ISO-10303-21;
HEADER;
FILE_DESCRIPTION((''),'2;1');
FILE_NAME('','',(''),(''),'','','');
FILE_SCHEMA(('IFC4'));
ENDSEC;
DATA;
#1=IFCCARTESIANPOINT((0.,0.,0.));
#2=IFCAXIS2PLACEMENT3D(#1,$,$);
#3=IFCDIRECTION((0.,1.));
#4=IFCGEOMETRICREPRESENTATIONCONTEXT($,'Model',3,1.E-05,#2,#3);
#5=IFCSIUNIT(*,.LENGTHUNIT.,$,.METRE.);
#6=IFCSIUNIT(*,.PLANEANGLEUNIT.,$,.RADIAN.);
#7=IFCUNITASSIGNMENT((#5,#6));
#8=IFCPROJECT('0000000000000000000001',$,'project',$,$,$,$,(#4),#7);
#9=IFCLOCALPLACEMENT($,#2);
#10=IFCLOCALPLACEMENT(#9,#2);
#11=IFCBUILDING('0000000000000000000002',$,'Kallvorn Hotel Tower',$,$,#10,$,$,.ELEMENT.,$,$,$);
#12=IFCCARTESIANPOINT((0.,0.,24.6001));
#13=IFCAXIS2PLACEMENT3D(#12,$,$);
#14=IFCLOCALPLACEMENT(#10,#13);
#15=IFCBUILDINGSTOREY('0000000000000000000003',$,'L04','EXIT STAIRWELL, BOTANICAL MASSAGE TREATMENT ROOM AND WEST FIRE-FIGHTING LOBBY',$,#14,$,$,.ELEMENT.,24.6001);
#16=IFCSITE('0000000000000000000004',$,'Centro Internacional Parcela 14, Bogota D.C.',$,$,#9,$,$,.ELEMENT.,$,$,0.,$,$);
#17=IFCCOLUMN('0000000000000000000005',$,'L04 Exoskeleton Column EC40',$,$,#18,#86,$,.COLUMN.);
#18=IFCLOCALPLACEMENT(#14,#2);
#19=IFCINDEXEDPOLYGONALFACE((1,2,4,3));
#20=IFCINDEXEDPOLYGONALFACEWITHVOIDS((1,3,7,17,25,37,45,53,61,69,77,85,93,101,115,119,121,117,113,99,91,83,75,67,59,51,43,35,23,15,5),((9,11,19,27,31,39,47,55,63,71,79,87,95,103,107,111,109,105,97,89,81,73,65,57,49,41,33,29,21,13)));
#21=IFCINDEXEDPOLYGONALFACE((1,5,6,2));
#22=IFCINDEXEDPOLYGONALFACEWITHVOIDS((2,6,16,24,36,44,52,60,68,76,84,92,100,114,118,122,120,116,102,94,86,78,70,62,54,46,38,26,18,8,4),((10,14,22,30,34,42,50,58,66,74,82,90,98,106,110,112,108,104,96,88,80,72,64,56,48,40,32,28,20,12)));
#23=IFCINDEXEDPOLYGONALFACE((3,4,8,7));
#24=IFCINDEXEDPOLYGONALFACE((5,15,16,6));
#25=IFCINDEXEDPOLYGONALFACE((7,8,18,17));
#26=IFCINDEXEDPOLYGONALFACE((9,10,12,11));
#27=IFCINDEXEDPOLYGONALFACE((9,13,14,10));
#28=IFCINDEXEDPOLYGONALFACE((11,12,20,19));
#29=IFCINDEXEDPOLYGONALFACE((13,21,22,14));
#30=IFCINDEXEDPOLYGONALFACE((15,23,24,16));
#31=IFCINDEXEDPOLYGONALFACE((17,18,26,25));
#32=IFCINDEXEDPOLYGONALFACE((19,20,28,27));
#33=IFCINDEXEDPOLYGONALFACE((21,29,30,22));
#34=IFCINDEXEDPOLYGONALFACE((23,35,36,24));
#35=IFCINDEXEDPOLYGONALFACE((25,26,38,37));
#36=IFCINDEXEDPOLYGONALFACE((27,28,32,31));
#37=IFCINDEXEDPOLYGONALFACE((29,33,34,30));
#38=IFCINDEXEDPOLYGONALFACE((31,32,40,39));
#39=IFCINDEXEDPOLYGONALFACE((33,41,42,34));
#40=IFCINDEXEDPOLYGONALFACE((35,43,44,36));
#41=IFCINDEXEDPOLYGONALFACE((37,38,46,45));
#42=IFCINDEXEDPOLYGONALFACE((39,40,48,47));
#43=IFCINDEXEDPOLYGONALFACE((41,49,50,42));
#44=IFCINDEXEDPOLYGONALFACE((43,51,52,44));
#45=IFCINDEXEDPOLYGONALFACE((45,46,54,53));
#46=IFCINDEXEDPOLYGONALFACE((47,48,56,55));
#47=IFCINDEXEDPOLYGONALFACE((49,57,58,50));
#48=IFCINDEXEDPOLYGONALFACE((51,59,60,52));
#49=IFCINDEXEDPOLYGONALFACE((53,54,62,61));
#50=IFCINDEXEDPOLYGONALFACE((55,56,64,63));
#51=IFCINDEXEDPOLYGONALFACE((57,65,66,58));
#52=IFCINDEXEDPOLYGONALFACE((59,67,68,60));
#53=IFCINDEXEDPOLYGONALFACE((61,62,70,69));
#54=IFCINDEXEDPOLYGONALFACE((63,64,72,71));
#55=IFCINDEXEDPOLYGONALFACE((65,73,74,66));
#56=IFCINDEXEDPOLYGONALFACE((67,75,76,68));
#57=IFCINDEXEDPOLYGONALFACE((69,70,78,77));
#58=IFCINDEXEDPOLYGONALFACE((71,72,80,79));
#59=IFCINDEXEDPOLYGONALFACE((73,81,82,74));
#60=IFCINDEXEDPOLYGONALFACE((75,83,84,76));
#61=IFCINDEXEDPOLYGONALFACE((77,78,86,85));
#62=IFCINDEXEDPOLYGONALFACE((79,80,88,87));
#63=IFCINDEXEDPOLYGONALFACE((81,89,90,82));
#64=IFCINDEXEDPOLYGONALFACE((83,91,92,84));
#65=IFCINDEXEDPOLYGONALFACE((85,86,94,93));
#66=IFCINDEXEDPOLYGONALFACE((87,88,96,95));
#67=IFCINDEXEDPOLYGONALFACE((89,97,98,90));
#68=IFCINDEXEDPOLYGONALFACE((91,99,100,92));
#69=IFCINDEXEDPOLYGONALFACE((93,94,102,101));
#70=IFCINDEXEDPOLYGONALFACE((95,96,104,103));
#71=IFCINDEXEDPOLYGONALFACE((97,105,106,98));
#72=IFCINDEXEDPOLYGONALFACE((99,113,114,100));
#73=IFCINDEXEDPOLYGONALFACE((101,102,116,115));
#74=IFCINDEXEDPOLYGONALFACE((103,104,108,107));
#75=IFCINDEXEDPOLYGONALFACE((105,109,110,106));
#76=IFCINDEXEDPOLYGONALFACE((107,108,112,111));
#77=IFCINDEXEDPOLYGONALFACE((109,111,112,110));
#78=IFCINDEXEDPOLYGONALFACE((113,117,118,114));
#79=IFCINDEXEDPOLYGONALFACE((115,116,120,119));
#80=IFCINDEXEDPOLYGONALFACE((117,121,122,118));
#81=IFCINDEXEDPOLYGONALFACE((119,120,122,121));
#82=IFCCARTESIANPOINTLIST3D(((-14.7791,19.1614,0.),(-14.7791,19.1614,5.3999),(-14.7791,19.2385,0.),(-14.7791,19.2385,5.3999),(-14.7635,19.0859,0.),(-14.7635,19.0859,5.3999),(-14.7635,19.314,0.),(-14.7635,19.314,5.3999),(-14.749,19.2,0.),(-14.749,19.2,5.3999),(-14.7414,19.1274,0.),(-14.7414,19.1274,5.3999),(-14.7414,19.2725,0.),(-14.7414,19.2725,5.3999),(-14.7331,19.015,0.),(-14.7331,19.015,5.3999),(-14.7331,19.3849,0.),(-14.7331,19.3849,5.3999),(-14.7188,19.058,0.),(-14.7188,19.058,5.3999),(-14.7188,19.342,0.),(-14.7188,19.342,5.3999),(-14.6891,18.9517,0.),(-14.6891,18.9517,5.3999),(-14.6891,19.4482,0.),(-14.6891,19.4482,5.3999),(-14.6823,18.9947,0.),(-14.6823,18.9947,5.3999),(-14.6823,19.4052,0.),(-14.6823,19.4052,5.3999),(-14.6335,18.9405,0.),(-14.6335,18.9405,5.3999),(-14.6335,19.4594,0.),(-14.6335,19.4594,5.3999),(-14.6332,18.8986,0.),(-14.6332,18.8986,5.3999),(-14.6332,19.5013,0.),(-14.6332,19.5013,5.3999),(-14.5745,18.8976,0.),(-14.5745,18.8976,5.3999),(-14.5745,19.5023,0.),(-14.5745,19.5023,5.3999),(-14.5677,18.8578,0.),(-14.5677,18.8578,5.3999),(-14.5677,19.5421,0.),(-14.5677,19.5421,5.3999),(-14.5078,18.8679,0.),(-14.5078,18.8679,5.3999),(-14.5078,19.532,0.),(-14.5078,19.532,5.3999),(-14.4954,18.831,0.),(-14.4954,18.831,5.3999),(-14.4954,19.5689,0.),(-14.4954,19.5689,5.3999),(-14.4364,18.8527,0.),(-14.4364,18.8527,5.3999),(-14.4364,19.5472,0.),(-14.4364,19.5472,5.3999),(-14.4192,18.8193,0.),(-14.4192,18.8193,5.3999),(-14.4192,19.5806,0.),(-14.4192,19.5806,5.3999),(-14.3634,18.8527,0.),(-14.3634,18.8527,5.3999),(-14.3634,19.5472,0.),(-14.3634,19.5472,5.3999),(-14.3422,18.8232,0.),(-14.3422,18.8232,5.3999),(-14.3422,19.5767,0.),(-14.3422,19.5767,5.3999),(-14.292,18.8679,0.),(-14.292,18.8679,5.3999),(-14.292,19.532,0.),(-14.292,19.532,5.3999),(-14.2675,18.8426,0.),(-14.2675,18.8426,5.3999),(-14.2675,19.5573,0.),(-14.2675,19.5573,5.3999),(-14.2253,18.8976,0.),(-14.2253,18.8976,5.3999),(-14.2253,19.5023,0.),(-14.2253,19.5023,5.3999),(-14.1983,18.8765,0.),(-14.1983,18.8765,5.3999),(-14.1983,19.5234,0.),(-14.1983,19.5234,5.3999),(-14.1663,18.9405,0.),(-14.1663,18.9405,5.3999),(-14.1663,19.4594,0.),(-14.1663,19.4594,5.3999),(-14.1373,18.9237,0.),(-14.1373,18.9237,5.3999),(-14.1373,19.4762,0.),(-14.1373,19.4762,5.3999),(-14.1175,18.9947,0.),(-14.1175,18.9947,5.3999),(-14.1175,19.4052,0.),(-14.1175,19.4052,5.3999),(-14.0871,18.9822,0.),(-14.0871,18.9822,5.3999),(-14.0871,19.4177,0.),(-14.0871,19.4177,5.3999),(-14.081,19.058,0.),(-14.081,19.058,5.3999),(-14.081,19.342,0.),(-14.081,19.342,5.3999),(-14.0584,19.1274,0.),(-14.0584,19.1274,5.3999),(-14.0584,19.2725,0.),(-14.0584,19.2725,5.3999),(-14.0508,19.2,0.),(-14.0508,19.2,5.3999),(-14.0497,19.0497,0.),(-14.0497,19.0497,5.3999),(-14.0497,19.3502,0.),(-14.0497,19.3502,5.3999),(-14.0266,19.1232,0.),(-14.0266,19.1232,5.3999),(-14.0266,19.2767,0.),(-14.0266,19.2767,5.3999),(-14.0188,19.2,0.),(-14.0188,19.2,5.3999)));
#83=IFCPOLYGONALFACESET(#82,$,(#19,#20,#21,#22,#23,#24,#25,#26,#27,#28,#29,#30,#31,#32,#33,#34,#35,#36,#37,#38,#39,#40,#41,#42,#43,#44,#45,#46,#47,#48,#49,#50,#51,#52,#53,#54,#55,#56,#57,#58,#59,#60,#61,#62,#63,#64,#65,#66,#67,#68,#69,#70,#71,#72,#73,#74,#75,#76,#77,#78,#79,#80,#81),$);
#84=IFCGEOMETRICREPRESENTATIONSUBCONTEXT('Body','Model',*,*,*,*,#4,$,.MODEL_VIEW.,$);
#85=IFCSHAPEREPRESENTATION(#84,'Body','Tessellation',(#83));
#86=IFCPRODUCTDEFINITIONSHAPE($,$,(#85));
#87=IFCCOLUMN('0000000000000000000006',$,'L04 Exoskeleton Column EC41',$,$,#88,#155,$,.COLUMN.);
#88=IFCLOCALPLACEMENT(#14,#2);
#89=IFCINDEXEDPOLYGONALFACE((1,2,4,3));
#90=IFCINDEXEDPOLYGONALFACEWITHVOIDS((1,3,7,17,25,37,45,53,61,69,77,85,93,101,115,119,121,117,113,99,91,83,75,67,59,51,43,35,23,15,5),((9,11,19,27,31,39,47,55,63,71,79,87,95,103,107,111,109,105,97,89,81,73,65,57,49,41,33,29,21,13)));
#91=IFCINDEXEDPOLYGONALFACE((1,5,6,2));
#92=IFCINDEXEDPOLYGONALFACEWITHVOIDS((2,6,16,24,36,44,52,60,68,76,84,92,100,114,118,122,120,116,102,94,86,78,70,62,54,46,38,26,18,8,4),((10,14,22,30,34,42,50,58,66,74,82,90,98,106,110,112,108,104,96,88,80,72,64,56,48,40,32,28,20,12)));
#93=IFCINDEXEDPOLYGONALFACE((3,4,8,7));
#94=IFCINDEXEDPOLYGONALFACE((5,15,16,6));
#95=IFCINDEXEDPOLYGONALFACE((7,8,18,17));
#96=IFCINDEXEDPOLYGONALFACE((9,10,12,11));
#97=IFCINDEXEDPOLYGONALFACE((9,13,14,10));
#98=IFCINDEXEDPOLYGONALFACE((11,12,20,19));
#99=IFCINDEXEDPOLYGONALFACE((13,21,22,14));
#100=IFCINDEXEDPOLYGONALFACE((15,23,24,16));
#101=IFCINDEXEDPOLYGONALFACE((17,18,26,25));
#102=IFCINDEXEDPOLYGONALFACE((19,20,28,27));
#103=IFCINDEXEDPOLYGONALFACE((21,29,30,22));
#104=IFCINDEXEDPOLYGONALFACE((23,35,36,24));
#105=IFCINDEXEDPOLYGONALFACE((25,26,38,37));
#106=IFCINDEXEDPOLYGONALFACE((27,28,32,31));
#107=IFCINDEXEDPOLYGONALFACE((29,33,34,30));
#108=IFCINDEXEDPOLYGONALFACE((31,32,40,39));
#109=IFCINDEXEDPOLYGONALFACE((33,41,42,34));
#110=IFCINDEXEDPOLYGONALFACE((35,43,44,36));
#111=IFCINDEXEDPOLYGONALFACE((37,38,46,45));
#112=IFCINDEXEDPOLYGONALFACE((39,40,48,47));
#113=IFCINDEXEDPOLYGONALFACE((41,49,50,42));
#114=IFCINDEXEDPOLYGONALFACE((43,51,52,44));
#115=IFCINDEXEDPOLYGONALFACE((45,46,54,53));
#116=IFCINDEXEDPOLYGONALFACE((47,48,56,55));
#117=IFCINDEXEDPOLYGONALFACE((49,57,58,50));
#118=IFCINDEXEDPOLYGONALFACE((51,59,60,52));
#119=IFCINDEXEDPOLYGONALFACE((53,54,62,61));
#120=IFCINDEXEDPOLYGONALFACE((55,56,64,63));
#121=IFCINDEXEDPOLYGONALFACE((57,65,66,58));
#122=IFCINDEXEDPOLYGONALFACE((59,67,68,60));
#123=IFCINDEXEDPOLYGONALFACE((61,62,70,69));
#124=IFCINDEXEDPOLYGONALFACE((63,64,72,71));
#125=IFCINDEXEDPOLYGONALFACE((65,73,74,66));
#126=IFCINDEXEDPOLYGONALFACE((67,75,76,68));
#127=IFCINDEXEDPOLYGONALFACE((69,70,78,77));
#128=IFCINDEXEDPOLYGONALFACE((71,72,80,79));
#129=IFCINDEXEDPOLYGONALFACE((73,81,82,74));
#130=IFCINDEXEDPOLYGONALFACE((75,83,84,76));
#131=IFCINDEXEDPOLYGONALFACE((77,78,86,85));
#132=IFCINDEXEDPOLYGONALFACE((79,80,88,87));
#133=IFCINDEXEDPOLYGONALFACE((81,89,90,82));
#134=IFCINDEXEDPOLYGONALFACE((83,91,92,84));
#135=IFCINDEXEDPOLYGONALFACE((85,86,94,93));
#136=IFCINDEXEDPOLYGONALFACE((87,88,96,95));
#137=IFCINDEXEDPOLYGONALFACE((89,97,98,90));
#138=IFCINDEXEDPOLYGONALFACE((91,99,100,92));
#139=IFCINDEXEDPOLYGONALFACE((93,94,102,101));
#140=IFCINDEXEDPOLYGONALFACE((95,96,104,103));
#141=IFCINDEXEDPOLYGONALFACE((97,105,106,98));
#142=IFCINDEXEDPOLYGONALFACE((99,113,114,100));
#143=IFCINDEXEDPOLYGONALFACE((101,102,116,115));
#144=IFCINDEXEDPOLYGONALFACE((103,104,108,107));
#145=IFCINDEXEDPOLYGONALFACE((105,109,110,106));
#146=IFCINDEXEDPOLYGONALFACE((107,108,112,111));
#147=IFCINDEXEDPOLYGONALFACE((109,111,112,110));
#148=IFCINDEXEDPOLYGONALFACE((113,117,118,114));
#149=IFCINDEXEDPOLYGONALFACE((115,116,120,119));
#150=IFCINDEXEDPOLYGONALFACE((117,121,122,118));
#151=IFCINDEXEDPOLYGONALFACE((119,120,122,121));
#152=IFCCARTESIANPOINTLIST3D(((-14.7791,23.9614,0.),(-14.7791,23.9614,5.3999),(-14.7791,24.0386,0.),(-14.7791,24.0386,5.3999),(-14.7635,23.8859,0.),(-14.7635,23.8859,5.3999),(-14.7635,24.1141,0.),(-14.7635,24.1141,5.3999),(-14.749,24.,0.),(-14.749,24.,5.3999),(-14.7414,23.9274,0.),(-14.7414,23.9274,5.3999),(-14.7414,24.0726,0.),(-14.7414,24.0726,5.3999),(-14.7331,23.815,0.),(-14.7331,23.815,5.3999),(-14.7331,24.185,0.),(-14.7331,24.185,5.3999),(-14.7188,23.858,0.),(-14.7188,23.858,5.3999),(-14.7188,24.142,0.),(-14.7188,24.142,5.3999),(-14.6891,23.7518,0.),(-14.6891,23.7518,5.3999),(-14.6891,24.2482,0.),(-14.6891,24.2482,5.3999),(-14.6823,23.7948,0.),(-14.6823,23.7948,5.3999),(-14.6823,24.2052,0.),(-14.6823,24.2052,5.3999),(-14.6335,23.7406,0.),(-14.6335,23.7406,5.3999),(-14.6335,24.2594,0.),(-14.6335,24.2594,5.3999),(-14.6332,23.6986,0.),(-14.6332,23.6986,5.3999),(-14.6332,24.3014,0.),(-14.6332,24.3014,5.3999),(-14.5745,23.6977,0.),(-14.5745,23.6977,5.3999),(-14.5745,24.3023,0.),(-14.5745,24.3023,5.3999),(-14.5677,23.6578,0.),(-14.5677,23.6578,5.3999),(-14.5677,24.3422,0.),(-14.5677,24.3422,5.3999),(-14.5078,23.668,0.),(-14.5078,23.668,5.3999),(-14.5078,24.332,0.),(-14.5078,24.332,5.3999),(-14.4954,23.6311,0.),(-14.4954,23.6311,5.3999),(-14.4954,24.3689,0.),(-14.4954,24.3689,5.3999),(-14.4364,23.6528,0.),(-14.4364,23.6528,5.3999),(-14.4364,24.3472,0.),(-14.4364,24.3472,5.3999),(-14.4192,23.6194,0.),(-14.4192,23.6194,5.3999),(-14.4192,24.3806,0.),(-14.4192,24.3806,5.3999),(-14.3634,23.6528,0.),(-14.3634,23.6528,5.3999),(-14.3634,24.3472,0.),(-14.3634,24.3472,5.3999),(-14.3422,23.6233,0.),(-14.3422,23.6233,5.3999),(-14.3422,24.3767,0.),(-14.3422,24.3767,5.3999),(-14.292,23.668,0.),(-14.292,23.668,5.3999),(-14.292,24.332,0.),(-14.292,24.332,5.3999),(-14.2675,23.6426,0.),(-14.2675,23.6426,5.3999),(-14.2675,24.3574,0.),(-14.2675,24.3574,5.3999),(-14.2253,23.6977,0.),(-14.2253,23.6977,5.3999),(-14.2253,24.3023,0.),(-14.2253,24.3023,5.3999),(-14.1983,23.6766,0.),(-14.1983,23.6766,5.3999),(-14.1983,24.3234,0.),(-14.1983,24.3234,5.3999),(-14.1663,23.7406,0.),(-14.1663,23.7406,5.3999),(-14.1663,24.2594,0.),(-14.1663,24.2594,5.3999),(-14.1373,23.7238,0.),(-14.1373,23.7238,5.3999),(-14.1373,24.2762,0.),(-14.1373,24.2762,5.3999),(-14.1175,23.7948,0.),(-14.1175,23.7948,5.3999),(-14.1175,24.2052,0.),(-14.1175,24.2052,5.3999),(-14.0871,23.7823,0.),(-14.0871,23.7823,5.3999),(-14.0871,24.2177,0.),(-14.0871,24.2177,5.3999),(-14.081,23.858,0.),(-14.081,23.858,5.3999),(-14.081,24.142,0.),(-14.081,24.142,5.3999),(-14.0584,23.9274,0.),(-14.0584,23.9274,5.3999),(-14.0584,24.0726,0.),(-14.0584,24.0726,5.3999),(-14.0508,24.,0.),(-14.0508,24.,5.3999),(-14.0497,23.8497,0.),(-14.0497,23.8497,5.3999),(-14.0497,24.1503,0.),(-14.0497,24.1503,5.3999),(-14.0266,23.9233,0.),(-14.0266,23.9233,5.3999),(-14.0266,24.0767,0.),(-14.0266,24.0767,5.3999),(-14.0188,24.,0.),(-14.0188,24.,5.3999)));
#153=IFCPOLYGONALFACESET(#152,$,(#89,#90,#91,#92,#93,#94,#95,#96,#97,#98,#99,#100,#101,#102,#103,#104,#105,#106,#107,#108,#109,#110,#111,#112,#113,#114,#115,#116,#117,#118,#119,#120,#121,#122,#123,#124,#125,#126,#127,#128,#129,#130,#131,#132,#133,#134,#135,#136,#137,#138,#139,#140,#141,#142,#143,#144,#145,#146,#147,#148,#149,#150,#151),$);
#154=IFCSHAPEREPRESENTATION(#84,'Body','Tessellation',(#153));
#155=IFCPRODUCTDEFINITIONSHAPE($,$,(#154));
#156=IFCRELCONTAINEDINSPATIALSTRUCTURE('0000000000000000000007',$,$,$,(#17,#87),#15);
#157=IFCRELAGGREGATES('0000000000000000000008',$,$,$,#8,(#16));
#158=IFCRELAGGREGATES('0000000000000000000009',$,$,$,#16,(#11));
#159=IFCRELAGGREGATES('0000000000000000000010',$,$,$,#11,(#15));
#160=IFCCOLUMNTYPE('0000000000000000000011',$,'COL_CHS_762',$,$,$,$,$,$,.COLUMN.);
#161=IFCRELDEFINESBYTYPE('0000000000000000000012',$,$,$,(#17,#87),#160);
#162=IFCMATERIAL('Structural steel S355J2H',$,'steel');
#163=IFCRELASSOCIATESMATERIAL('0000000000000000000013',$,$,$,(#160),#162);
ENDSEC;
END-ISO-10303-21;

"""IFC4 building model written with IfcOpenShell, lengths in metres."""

from ifc_helpers import new_model, si_unit, direction, frame, origin, origin_2d, place, context, subcontext, project, spatial, hollow_circle, extrude, material, material_profile, profile_set, type_object, element, save


model = new_model("IFC4")

# Units and contexts
model_context = context("Model", 3, precision=1e-05, world=origin(), true_north=direction((0.0, 1.0)))
body_context = subcontext(model_context, "Body", "Model", "MODEL_VIEW")
ifc_project = project(units=[si_unit("LENGTHUNIT", "METRE"), si_unit("PLANEANGLEUNIT", "RADIAN")], contexts=[model_context])

# Site, building, storey
site_placement = place(None, origin())
site = spatial("IfcSite", under=ifc_project, at=site_placement, Name="Centro Internacional Parcela 14, Bogota D.C.", CompositionType="ELEMENT", RefElevation=0.0)
building_placement = place(site_placement, origin())
building = spatial("IfcBuilding", under=site, at=building_placement, Name="Kallvorn Hotel Tower", CompositionType="ELEMENT")
storey_placement = place(building_placement, frame((0.0, 0.0, 24.6001)))
storey = spatial("IfcBuildingStorey", under=building, at=storey_placement, Name="L04", Description="EXIT STAIRWELL, BOTANICAL MASSAGE TREATMENT ROOM AND WEST FIRE-FIGHTING LOBBY", CompositionType="ELEMENT", Elevation=24.6001)

# Columns
ifc_material_1 = material(Name="Structural steel S355J2H", Category="steel")
ifc_material_profile_1 = material_profile(ifc_material_1, hollow_circle(Radius=0.3811, WallThickness=0.032, at=origin_2d()), Name="CHS 762x32")
ifc_profile_set_1 = profile_set([ifc_material_profile_1], Name="Structural steel S355J2H")
column_type_1 = type_object("IfcColumnType", Name="COL_CHS_762", PredefinedType="COLUMN", material=ifc_profile_set_1)
for number, where, z_axis, x_axis, name in (
    (1, (-14.3999, 19.2, 0.0), (0.0, 0.0, 1.0), (1.0, 0.0, 0.0), "L04 Exoskeleton Column EC40"),
    (2, (-14.3999, 24.0, 0.0), (0.0, 0.0, 1.0), (1.0, 0.0, 0.0), "L04 Exoskeleton Column EC41"),
):
    element("IfcColumn", number, at=place(storey_placement, frame(where, z_axis=z_axis, x_axis=x_axis)), inside=storey, type_object=column_type_1, Name=name, PredefinedType="COLUMN", context=body_context, shape_type="SweptSolid", body=[
        extrude(hollow_circle(Radius=0.3811, WallThickness=0.032, at=origin_2d()), origin(), (0.0, 0.0, 1.0), 5.3999),
    ])

save(model, "model.ifc")
